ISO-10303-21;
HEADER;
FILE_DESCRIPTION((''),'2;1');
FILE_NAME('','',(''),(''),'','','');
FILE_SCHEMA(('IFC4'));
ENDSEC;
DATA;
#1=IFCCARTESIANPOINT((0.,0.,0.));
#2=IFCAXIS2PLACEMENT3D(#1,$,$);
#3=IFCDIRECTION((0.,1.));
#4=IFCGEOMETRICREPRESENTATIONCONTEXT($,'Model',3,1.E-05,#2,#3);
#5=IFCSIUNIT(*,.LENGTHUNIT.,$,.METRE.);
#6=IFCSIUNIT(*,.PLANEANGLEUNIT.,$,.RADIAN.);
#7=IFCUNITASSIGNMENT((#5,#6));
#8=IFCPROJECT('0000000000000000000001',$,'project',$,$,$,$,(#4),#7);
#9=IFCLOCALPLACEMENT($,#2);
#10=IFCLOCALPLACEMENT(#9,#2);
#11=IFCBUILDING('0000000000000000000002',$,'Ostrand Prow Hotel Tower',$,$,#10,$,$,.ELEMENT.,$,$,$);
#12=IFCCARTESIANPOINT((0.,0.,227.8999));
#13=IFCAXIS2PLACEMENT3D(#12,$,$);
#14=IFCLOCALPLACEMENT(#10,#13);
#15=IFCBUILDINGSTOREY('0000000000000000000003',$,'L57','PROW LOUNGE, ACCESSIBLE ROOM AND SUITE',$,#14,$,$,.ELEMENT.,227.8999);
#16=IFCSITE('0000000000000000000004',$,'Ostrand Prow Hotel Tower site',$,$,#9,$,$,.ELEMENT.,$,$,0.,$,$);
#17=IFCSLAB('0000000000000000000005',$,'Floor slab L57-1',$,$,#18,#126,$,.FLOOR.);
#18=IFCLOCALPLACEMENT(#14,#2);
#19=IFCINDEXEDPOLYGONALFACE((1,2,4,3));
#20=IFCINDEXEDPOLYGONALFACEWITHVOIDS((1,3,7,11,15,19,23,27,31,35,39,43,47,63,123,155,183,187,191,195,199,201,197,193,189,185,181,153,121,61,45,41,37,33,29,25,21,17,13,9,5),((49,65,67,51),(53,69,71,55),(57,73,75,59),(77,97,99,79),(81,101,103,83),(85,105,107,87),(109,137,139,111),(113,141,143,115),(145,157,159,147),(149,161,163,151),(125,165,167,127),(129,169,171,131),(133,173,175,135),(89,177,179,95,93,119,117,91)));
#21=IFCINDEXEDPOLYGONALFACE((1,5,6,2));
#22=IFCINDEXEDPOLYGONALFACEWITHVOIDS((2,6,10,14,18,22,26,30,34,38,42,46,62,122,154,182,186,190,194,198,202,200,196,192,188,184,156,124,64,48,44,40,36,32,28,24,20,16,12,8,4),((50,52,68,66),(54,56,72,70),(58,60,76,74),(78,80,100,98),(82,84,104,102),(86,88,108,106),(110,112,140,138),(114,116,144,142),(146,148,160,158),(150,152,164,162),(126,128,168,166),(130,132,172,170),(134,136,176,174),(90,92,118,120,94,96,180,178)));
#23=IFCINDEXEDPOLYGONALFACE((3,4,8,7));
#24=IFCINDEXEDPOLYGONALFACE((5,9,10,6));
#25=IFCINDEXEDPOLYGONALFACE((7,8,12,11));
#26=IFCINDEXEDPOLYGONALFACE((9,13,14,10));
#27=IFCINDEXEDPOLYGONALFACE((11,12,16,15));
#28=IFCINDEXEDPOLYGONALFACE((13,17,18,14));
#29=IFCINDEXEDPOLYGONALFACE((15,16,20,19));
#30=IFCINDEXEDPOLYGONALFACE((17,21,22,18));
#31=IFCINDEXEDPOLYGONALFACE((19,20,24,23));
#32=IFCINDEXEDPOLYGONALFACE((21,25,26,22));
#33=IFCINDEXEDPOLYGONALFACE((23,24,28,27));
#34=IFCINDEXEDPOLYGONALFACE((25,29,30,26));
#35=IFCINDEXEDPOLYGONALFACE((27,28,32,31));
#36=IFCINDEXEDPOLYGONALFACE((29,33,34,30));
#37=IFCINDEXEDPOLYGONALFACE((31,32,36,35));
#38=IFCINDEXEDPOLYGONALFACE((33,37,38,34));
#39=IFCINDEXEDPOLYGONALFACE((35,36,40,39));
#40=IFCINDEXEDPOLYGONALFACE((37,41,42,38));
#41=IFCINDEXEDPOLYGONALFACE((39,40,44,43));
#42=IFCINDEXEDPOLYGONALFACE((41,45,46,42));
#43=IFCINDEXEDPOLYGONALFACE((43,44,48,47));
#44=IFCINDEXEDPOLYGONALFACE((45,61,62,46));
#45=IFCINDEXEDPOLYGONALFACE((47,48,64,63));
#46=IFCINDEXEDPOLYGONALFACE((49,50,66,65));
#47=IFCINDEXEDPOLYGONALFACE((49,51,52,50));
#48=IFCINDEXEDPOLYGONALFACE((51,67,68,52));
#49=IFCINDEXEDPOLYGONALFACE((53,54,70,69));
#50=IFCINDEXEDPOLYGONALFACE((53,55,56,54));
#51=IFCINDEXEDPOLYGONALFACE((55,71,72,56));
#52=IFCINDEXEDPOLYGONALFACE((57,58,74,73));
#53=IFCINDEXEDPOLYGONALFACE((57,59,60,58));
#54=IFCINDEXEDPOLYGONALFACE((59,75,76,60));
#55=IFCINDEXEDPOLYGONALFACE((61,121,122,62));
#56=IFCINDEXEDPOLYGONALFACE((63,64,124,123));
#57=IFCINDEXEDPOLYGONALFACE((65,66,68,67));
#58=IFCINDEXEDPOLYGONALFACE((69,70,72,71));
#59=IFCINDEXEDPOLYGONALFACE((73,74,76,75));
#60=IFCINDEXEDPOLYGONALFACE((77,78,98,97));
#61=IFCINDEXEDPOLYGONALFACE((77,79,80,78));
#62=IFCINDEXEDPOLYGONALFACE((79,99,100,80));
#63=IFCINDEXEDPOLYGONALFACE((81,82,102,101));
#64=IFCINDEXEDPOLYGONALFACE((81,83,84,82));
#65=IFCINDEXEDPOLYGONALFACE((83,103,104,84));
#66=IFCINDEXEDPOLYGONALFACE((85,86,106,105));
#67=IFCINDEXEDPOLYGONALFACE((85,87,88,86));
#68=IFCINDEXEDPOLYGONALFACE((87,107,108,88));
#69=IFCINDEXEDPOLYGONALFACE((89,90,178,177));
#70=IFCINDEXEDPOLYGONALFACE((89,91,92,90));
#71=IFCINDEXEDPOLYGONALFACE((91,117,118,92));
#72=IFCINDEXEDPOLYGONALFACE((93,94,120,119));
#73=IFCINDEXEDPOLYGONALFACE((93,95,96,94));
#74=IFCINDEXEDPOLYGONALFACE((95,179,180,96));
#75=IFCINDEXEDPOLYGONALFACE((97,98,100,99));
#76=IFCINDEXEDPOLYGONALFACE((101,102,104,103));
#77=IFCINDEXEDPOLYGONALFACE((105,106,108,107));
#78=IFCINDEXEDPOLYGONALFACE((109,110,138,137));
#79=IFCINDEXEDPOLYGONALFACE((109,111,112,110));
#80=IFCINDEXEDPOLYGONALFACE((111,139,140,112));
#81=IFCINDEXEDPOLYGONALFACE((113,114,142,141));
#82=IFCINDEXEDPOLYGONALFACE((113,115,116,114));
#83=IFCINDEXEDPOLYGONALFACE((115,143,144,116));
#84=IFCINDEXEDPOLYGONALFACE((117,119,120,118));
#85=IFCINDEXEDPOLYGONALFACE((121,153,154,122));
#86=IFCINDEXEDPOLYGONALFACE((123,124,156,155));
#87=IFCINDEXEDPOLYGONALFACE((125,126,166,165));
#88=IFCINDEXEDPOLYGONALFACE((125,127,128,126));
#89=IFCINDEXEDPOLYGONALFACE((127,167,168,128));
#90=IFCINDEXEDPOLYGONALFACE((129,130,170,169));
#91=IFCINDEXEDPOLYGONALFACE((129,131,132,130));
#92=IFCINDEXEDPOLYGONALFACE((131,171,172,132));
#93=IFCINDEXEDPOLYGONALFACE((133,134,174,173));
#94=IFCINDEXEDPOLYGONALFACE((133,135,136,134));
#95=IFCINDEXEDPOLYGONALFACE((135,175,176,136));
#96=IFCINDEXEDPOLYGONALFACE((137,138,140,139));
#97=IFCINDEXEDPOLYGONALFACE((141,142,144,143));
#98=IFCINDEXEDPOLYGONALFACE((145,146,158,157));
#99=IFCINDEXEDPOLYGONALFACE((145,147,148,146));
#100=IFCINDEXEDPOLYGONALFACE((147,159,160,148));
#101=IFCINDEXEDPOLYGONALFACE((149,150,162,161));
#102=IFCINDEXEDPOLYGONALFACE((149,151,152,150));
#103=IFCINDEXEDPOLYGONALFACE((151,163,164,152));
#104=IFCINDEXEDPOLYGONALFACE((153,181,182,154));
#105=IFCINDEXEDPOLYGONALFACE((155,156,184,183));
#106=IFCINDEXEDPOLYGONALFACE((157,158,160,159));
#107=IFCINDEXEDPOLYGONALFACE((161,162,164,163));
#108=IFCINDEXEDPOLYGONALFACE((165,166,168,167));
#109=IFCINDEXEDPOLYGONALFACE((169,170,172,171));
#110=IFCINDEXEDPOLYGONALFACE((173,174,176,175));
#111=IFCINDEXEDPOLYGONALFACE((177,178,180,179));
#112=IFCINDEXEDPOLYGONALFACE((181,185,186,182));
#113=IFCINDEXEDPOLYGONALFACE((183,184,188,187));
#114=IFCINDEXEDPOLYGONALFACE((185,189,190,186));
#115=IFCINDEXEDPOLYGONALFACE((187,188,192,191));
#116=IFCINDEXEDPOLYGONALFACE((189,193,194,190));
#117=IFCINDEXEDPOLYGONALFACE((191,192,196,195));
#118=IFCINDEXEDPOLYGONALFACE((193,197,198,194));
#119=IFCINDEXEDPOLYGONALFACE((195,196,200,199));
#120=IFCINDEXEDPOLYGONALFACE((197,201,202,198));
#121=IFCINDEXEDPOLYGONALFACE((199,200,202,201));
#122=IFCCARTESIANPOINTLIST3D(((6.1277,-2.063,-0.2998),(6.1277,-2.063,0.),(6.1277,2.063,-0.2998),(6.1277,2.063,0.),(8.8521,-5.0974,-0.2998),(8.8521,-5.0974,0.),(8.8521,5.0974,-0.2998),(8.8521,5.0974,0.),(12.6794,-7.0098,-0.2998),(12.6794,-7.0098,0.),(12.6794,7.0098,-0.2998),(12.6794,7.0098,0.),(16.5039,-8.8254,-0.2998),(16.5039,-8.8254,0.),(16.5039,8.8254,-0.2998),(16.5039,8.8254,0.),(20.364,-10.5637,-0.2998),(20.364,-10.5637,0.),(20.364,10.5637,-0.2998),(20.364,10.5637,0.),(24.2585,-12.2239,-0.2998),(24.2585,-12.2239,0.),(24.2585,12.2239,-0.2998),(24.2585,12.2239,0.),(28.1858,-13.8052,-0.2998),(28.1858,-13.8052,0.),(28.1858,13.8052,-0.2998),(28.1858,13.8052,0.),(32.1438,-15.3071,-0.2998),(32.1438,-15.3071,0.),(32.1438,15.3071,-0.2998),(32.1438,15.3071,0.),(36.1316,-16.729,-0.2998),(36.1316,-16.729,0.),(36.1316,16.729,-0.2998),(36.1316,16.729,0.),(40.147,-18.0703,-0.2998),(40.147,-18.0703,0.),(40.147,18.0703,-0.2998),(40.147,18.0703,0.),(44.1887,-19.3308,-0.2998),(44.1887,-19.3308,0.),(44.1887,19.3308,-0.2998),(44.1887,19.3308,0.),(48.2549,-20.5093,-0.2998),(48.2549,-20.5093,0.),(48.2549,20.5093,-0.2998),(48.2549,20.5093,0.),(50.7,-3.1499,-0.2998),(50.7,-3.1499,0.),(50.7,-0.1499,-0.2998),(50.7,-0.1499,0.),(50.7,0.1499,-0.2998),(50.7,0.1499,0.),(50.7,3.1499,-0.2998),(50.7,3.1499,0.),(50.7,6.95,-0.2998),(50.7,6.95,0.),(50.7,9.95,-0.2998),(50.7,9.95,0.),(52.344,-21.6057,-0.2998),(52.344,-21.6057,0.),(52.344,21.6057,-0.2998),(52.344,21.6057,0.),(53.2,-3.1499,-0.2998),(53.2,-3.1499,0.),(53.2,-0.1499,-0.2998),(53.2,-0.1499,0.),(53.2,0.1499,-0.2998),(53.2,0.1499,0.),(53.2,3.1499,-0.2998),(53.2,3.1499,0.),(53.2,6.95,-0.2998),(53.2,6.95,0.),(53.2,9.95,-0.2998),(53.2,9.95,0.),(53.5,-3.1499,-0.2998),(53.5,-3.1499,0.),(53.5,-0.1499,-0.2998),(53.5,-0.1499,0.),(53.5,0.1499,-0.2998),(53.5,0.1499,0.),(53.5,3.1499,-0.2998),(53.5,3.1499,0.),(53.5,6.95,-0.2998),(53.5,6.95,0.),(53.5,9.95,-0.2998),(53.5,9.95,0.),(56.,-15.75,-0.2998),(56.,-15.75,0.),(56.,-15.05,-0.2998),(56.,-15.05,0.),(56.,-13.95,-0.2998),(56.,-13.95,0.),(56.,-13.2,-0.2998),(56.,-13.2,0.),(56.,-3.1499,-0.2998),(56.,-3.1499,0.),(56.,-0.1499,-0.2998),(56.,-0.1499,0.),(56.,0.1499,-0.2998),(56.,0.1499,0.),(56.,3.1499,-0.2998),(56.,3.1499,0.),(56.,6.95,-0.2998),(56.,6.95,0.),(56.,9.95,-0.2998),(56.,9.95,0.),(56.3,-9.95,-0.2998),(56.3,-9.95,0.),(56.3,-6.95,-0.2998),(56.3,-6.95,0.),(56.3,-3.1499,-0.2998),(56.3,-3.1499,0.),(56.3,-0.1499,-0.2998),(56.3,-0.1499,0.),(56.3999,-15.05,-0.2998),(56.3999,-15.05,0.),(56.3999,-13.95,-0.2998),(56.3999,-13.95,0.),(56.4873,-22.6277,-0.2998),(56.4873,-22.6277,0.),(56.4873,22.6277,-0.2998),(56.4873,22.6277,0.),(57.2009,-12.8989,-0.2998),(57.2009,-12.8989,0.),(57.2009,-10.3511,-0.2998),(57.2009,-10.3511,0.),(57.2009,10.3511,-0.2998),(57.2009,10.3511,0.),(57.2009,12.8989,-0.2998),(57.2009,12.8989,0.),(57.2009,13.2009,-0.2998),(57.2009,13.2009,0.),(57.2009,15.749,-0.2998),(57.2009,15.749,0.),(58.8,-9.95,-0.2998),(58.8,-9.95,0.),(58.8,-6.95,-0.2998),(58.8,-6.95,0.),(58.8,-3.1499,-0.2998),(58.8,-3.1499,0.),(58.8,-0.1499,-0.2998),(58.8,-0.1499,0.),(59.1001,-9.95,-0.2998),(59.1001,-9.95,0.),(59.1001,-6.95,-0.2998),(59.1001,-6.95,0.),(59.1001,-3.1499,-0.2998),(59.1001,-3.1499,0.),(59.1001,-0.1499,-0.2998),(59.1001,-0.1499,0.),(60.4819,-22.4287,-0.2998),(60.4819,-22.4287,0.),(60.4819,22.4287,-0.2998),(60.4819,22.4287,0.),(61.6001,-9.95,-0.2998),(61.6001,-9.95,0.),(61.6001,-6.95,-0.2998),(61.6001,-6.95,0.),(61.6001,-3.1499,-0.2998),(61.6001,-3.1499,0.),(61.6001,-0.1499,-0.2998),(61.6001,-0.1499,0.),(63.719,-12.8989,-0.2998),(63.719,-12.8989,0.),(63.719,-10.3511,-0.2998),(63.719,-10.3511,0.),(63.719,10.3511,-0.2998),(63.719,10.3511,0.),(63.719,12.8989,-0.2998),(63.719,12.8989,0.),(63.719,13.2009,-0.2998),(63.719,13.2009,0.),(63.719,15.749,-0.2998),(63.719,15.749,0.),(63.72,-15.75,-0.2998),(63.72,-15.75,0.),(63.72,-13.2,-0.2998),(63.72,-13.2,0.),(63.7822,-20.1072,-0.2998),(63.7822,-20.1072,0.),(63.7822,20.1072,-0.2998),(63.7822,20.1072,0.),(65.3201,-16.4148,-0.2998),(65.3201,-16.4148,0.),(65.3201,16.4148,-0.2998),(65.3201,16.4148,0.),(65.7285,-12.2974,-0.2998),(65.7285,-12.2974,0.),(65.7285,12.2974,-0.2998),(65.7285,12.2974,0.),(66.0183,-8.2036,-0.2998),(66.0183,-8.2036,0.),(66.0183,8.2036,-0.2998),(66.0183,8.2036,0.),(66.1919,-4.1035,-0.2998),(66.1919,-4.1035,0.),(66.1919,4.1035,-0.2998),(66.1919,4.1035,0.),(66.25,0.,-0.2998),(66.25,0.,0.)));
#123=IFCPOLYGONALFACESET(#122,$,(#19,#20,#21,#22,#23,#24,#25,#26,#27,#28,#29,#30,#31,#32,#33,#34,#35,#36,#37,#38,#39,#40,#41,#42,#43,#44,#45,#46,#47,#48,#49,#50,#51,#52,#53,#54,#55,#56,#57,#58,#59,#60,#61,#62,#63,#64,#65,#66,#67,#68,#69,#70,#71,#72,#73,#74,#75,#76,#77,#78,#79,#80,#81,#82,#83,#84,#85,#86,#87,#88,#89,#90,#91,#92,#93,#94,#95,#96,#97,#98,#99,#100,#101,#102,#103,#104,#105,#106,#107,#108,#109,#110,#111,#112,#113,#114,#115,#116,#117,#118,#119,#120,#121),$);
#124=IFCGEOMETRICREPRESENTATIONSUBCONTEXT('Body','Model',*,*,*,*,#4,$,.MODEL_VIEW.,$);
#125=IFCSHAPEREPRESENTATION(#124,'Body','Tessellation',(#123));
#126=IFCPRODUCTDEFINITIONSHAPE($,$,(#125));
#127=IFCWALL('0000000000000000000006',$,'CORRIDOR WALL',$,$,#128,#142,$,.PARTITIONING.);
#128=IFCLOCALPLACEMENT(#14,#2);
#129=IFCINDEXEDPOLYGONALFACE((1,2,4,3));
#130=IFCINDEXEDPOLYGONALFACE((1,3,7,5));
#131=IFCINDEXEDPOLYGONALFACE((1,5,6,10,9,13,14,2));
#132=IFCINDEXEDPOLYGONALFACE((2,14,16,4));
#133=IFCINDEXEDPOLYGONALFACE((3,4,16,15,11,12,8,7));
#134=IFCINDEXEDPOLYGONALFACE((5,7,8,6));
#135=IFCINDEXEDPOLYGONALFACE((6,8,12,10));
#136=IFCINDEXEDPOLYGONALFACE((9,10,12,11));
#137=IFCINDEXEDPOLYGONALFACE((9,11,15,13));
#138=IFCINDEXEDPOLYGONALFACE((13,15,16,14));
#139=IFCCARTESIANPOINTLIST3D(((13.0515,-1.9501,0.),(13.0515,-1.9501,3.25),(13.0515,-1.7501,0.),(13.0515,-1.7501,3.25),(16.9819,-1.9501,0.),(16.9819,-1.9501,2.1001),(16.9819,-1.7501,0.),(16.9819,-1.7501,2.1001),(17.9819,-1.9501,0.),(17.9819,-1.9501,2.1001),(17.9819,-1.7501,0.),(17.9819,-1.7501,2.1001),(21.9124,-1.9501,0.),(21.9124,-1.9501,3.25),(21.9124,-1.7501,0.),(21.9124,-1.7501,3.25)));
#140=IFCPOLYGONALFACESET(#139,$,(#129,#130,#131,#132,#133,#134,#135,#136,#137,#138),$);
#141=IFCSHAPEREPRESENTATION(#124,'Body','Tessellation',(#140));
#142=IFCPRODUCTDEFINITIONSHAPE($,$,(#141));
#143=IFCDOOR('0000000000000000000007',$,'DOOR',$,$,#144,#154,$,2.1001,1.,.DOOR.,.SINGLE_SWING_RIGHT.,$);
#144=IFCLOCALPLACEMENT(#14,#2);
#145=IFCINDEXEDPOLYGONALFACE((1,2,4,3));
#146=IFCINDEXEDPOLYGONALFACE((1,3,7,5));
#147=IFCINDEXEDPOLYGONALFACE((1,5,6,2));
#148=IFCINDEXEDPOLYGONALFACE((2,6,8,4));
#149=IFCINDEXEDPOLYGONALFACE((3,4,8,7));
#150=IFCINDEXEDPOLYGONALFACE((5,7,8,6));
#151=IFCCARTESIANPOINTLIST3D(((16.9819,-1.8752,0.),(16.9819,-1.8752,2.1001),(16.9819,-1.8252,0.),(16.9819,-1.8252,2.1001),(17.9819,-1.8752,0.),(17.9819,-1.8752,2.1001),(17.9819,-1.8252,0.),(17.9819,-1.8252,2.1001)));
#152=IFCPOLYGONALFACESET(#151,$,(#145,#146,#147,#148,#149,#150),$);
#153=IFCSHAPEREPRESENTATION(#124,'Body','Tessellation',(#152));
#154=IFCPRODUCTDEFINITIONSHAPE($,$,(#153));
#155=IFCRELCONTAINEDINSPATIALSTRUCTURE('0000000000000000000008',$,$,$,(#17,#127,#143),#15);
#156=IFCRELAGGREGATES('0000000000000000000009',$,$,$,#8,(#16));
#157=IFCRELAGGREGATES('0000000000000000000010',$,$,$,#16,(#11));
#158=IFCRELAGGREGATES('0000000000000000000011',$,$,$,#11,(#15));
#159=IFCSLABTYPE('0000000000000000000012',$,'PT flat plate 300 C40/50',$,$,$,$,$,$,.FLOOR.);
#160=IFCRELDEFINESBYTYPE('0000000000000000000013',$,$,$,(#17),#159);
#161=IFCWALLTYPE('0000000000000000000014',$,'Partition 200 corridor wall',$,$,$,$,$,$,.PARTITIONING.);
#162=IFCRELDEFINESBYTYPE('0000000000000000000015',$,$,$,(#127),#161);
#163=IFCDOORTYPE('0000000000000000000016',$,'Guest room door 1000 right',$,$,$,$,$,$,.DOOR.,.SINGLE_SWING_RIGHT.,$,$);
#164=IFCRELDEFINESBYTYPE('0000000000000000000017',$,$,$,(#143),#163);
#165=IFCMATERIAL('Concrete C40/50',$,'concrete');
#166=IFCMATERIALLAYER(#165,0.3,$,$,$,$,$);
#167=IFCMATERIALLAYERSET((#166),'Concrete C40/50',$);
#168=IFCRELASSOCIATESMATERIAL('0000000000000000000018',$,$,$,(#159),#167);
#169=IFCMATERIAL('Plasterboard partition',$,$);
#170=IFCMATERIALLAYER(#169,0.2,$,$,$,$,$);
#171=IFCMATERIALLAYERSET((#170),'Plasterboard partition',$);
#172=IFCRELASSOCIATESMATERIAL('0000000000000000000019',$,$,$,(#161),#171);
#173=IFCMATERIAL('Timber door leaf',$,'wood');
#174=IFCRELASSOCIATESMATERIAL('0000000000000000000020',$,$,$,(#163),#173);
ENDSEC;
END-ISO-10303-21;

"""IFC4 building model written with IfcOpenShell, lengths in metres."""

from ifc_helpers import new_model, si_unit, direction, frame, frame_2d, origin, place, context, subcontext, project, spatial, polyline, rectangle, outline, extrude, material, layer, layer_set, type_object, element, fill, save


model = new_model("IFC4")

# Units and contexts
model_context = context("Model", 3, precision=1e-05, world=origin(), true_north=direction((0.0, 1.0)))
body_context = subcontext(model_context, "Body", "Model", "MODEL_VIEW")
ifc_project = project(units=[si_unit("LENGTHUNIT", "METRE"), si_unit("PLANEANGLEUNIT", "RADIAN")], contexts=[model_context])

# Site, building, storey
site_placement = place(None, origin())
site = spatial("IfcSite", under=ifc_project, at=site_placement, Name="Ostrand Prow Hotel Tower site", CompositionType="ELEMENT", RefElevation=0.0)
building_placement = place(site_placement, origin())
building = spatial("IfcBuilding", under=site, at=building_placement, Name="Ostrand Prow Hotel Tower", CompositionType="ELEMENT")
storey_placement = place(building_placement, frame((0.0, 0.0, 227.8999)))
storey = spatial("IfcBuildingStorey", under=building, at=storey_placement, Name="L57", Description="PROW LOUNGE, ACCESSIBLE ROOM AND SUITE", CompositionType="ELEMENT", Elevation=227.8999)

# Slab, opening
ifc_material_1 = material(Name="Concrete C40/50", Category="concrete")
ifc_layer_1 = layer(ifc_material_1, 0.3)
ifc_layer_set_1 = layer_set([ifc_layer_1], Name="Concrete C40/50")
slab_type = type_object("IfcSlabType", Name="PT flat plate 300 C40/50", PredefinedType="FLOOR", material=ifc_layer_set_1)
slab_placement = place(storey_placement, frame((0.0, 0.0, -0.2998)))
slab = element("IfcSlab", 1, at=slab_placement, inside=storey, type_object=slab_type, Name="Floor slab L57-1", PredefinedType="FLOOR", context=body_context, shape_type="SweptSolid", body=[
    extrude(outline(polyline([(8.8521, 5.0974), (12.6794, 7.0098), (16.5039, 8.8254), (20.364, 10.5637), (24.2585, 12.2239), (28.1858, 13.8052), (32.1438, 15.3071), (36.1316, 16.729), (40.147, 18.0703), (44.1887, 19.3308), (48.2549, 20.5093), (52.344, 21.6057), (56.4873, 22.6277), (60.4819, 22.4287), (63.7822, 20.1072), (65.3201, 16.4148), (65.7285, 12.2974), (66.0183, 8.2036), (66.1919, 4.1035), (66.25, 0.0), (66.1919, -4.1035), (66.0183, -8.2036), (65.7285, -12.2974), (65.3201, -16.4148), (63.7822, -20.1072), (60.4819, -22.4287), (56.4873, -22.6277), (52.344, -21.6057), (48.2549, -20.5093), (44.1887, -19.3308), (40.147, -18.0703), (36.1316, -16.729), (32.1438, -15.3071), (28.1858, -13.8052), (24.2585, -12.2239), (20.364, -10.5637), (16.5039, -8.8254), (12.6794, -7.0098), (8.8521, -5.0974), (6.1277, -2.063), (6.1277, 2.063), (8.8521, 5.0974)]), holes=[polyline([(50.7, 6.95), (53.2, 6.95), (53.2, 9.95), (50.7, 9.95), (50.7, 6.95)]), polyline([(53.5, 6.95), (56.0, 6.95), (56.0, 9.95), (53.5, 9.95), (53.5, 6.95)]), polyline([(50.7, 0.1499), (53.2, 0.1499), (53.2, 3.1499), (50.7, 3.1499), (50.7, 0.1499)]), polyline([(53.5, 0.1499), (56.0, 0.1499), (56.0, 3.1499), (53.5, 3.1499), (53.5, 0.1499)]), polyline([(50.7, -3.1499), (53.2, -3.1499), (53.2, -0.1499), (50.7, -0.1499), (50.7, -3.1499)]), polyline([(53.5, -3.1499), (56.0, -3.1499), (56.0, -0.1499), (53.5, -0.1499), (53.5, -3.1499)]), polyline([(56.3, -3.1499), (58.8, -3.1499), (58.8, -0.1499), (56.3, -0.1499), (56.3, -3.1499)]), polyline([(59.1001, -3.1499), (61.6001, -3.1499), (61.6001, -0.1499), (59.1001, -0.1499), (59.1001, -3.1499)]), polyline([(56.3, -9.95), (58.8, -9.95), (58.8, -6.95), (56.3, -6.95), (56.3, -9.95)]), polyline([(59.1001, -9.95), (61.6001, -9.95), (61.6001, -6.95), (59.1001, -6.95), (59.1001, -9.95)]), polyline([(57.2009, 10.3511), (57.2009, 12.8989), (63.719, 12.8989), (63.719, 10.3511), (57.2009, 10.3511)]), polyline([(57.2009, 13.2009), (57.2009, 15.749), (63.719, 15.749), (63.719, 13.2009), (57.2009, 13.2009)]), polyline([(57.2009, -12.8989), (57.2009, -10.3511), (63.719, -10.3511), (63.719, -12.8989), (57.2009, -12.8989)]), polyline([(56.0, -13.95), (56.0, -13.2), (63.72, -13.2), (63.72, -15.75), (56.0, -15.75), (56.0, -15.05), (56.3999, -15.05), (56.3999, -13.95), (56.0, -13.95)])]), origin(), (0.0, 0.0, 1.0), 0.2998),
])
opening_1_placement = place(slab_placement, origin())
element("IfcOpeningElement", 2, at=opening_1_placement, cuts=slab, PredefinedType="OPENING", context=body_context, shape_type="SweptSolid", body=[
    extrude(outline(polyline([(56.0, -13.95), (56.0, -13.2), (63.72, -13.2), (63.72, -15.75), (56.0, -15.75), (56.0, -15.05), (56.3999, -15.05), (56.3999, -13.95), (56.0, -13.95)])), origin(), (0.0, 0.0, 1.0), 0.2998),
])

# Wall, opening, door
ifc_material_2 = material(Name="Plasterboard partition")
ifc_layer_2 = layer(ifc_material_2, 0.2)
ifc_layer_set_2 = layer_set([ifc_layer_2], Name="Plasterboard partition")
wall_type_1 = type_object("IfcWallType", Name="Partition 200 corridor wall", PredefinedType="PARTITIONING", material=ifc_layer_set_2)
wall_1_placement = place(storey_placement, frame((13.0515, -1.8501, 0.0), z_axis=(0.0, 0.0, 1.0), x_axis=(1.0, 0.0, 0.0)))
wall_1 = element("IfcWall", 3, at=wall_1_placement, inside=storey, type_object=wall_type_1, Name="CORRIDOR WALL", PredefinedType="PARTITIONING", context=body_context, shape_type="SweptSolid", body=[
    extrude(rectangle(XDim=8.8608, YDim=0.2, at=frame_2d((4.4304, 0.0))), origin(), (0.0, 0.0, 1.0), 3.25),
])
opening_2_placement = place(wall_1_placement, frame((3.9304, 0.0, 0.0)))
opening_2 = element("IfcOpeningElement", 4, at=opening_2_placement, cuts=wall_1, PredefinedType="OPENING", context=body_context, shape_type="SweptSolid", body=[
    extrude(rectangle(XDim=1.0, YDim=2.1001, at=frame_2d((0.5, 1.05))), frame((0.0, 0.1099, 0.0), z_axis=(0.0, -1.0, 0.0), x_axis=(1.0, 0.0, 0.0)), (0.0, 0.0, 1.0), 0.22),
])
ifc_material_3 = material(Name="Timber door leaf", Category="wood")
door_type_1 = type_object("IfcDoorType", Name="Guest room door 1000 right", OperationType="SINGLE_SWING_RIGHT", PredefinedType="DOOR", material=ifc_material_3)
door_1_placement = place(opening_2_placement, origin())
door_1 = element("IfcDoor", 5, at=door_1_placement, inside=storey, type_object=door_type_1, Name="DOOR", OperationType="SINGLE_SWING_RIGHT", OverallHeight=2.1001, OverallWidth=1.0, PredefinedType="DOOR", context=body_context, shape_type="SweptSolid", body=[
    extrude(rectangle(XDim=1.0, YDim=2.1001, at=frame_2d((0.5, 1.05))), frame((0.0, 0.0249, 0.0), z_axis=(0.0, -1.0, 0.0), x_axis=(1.0, 0.0, 0.0)), (0.0, 0.0, 1.0), 0.05),
])
fill(opening_2, door_1)

save(model, "model.ifc")
